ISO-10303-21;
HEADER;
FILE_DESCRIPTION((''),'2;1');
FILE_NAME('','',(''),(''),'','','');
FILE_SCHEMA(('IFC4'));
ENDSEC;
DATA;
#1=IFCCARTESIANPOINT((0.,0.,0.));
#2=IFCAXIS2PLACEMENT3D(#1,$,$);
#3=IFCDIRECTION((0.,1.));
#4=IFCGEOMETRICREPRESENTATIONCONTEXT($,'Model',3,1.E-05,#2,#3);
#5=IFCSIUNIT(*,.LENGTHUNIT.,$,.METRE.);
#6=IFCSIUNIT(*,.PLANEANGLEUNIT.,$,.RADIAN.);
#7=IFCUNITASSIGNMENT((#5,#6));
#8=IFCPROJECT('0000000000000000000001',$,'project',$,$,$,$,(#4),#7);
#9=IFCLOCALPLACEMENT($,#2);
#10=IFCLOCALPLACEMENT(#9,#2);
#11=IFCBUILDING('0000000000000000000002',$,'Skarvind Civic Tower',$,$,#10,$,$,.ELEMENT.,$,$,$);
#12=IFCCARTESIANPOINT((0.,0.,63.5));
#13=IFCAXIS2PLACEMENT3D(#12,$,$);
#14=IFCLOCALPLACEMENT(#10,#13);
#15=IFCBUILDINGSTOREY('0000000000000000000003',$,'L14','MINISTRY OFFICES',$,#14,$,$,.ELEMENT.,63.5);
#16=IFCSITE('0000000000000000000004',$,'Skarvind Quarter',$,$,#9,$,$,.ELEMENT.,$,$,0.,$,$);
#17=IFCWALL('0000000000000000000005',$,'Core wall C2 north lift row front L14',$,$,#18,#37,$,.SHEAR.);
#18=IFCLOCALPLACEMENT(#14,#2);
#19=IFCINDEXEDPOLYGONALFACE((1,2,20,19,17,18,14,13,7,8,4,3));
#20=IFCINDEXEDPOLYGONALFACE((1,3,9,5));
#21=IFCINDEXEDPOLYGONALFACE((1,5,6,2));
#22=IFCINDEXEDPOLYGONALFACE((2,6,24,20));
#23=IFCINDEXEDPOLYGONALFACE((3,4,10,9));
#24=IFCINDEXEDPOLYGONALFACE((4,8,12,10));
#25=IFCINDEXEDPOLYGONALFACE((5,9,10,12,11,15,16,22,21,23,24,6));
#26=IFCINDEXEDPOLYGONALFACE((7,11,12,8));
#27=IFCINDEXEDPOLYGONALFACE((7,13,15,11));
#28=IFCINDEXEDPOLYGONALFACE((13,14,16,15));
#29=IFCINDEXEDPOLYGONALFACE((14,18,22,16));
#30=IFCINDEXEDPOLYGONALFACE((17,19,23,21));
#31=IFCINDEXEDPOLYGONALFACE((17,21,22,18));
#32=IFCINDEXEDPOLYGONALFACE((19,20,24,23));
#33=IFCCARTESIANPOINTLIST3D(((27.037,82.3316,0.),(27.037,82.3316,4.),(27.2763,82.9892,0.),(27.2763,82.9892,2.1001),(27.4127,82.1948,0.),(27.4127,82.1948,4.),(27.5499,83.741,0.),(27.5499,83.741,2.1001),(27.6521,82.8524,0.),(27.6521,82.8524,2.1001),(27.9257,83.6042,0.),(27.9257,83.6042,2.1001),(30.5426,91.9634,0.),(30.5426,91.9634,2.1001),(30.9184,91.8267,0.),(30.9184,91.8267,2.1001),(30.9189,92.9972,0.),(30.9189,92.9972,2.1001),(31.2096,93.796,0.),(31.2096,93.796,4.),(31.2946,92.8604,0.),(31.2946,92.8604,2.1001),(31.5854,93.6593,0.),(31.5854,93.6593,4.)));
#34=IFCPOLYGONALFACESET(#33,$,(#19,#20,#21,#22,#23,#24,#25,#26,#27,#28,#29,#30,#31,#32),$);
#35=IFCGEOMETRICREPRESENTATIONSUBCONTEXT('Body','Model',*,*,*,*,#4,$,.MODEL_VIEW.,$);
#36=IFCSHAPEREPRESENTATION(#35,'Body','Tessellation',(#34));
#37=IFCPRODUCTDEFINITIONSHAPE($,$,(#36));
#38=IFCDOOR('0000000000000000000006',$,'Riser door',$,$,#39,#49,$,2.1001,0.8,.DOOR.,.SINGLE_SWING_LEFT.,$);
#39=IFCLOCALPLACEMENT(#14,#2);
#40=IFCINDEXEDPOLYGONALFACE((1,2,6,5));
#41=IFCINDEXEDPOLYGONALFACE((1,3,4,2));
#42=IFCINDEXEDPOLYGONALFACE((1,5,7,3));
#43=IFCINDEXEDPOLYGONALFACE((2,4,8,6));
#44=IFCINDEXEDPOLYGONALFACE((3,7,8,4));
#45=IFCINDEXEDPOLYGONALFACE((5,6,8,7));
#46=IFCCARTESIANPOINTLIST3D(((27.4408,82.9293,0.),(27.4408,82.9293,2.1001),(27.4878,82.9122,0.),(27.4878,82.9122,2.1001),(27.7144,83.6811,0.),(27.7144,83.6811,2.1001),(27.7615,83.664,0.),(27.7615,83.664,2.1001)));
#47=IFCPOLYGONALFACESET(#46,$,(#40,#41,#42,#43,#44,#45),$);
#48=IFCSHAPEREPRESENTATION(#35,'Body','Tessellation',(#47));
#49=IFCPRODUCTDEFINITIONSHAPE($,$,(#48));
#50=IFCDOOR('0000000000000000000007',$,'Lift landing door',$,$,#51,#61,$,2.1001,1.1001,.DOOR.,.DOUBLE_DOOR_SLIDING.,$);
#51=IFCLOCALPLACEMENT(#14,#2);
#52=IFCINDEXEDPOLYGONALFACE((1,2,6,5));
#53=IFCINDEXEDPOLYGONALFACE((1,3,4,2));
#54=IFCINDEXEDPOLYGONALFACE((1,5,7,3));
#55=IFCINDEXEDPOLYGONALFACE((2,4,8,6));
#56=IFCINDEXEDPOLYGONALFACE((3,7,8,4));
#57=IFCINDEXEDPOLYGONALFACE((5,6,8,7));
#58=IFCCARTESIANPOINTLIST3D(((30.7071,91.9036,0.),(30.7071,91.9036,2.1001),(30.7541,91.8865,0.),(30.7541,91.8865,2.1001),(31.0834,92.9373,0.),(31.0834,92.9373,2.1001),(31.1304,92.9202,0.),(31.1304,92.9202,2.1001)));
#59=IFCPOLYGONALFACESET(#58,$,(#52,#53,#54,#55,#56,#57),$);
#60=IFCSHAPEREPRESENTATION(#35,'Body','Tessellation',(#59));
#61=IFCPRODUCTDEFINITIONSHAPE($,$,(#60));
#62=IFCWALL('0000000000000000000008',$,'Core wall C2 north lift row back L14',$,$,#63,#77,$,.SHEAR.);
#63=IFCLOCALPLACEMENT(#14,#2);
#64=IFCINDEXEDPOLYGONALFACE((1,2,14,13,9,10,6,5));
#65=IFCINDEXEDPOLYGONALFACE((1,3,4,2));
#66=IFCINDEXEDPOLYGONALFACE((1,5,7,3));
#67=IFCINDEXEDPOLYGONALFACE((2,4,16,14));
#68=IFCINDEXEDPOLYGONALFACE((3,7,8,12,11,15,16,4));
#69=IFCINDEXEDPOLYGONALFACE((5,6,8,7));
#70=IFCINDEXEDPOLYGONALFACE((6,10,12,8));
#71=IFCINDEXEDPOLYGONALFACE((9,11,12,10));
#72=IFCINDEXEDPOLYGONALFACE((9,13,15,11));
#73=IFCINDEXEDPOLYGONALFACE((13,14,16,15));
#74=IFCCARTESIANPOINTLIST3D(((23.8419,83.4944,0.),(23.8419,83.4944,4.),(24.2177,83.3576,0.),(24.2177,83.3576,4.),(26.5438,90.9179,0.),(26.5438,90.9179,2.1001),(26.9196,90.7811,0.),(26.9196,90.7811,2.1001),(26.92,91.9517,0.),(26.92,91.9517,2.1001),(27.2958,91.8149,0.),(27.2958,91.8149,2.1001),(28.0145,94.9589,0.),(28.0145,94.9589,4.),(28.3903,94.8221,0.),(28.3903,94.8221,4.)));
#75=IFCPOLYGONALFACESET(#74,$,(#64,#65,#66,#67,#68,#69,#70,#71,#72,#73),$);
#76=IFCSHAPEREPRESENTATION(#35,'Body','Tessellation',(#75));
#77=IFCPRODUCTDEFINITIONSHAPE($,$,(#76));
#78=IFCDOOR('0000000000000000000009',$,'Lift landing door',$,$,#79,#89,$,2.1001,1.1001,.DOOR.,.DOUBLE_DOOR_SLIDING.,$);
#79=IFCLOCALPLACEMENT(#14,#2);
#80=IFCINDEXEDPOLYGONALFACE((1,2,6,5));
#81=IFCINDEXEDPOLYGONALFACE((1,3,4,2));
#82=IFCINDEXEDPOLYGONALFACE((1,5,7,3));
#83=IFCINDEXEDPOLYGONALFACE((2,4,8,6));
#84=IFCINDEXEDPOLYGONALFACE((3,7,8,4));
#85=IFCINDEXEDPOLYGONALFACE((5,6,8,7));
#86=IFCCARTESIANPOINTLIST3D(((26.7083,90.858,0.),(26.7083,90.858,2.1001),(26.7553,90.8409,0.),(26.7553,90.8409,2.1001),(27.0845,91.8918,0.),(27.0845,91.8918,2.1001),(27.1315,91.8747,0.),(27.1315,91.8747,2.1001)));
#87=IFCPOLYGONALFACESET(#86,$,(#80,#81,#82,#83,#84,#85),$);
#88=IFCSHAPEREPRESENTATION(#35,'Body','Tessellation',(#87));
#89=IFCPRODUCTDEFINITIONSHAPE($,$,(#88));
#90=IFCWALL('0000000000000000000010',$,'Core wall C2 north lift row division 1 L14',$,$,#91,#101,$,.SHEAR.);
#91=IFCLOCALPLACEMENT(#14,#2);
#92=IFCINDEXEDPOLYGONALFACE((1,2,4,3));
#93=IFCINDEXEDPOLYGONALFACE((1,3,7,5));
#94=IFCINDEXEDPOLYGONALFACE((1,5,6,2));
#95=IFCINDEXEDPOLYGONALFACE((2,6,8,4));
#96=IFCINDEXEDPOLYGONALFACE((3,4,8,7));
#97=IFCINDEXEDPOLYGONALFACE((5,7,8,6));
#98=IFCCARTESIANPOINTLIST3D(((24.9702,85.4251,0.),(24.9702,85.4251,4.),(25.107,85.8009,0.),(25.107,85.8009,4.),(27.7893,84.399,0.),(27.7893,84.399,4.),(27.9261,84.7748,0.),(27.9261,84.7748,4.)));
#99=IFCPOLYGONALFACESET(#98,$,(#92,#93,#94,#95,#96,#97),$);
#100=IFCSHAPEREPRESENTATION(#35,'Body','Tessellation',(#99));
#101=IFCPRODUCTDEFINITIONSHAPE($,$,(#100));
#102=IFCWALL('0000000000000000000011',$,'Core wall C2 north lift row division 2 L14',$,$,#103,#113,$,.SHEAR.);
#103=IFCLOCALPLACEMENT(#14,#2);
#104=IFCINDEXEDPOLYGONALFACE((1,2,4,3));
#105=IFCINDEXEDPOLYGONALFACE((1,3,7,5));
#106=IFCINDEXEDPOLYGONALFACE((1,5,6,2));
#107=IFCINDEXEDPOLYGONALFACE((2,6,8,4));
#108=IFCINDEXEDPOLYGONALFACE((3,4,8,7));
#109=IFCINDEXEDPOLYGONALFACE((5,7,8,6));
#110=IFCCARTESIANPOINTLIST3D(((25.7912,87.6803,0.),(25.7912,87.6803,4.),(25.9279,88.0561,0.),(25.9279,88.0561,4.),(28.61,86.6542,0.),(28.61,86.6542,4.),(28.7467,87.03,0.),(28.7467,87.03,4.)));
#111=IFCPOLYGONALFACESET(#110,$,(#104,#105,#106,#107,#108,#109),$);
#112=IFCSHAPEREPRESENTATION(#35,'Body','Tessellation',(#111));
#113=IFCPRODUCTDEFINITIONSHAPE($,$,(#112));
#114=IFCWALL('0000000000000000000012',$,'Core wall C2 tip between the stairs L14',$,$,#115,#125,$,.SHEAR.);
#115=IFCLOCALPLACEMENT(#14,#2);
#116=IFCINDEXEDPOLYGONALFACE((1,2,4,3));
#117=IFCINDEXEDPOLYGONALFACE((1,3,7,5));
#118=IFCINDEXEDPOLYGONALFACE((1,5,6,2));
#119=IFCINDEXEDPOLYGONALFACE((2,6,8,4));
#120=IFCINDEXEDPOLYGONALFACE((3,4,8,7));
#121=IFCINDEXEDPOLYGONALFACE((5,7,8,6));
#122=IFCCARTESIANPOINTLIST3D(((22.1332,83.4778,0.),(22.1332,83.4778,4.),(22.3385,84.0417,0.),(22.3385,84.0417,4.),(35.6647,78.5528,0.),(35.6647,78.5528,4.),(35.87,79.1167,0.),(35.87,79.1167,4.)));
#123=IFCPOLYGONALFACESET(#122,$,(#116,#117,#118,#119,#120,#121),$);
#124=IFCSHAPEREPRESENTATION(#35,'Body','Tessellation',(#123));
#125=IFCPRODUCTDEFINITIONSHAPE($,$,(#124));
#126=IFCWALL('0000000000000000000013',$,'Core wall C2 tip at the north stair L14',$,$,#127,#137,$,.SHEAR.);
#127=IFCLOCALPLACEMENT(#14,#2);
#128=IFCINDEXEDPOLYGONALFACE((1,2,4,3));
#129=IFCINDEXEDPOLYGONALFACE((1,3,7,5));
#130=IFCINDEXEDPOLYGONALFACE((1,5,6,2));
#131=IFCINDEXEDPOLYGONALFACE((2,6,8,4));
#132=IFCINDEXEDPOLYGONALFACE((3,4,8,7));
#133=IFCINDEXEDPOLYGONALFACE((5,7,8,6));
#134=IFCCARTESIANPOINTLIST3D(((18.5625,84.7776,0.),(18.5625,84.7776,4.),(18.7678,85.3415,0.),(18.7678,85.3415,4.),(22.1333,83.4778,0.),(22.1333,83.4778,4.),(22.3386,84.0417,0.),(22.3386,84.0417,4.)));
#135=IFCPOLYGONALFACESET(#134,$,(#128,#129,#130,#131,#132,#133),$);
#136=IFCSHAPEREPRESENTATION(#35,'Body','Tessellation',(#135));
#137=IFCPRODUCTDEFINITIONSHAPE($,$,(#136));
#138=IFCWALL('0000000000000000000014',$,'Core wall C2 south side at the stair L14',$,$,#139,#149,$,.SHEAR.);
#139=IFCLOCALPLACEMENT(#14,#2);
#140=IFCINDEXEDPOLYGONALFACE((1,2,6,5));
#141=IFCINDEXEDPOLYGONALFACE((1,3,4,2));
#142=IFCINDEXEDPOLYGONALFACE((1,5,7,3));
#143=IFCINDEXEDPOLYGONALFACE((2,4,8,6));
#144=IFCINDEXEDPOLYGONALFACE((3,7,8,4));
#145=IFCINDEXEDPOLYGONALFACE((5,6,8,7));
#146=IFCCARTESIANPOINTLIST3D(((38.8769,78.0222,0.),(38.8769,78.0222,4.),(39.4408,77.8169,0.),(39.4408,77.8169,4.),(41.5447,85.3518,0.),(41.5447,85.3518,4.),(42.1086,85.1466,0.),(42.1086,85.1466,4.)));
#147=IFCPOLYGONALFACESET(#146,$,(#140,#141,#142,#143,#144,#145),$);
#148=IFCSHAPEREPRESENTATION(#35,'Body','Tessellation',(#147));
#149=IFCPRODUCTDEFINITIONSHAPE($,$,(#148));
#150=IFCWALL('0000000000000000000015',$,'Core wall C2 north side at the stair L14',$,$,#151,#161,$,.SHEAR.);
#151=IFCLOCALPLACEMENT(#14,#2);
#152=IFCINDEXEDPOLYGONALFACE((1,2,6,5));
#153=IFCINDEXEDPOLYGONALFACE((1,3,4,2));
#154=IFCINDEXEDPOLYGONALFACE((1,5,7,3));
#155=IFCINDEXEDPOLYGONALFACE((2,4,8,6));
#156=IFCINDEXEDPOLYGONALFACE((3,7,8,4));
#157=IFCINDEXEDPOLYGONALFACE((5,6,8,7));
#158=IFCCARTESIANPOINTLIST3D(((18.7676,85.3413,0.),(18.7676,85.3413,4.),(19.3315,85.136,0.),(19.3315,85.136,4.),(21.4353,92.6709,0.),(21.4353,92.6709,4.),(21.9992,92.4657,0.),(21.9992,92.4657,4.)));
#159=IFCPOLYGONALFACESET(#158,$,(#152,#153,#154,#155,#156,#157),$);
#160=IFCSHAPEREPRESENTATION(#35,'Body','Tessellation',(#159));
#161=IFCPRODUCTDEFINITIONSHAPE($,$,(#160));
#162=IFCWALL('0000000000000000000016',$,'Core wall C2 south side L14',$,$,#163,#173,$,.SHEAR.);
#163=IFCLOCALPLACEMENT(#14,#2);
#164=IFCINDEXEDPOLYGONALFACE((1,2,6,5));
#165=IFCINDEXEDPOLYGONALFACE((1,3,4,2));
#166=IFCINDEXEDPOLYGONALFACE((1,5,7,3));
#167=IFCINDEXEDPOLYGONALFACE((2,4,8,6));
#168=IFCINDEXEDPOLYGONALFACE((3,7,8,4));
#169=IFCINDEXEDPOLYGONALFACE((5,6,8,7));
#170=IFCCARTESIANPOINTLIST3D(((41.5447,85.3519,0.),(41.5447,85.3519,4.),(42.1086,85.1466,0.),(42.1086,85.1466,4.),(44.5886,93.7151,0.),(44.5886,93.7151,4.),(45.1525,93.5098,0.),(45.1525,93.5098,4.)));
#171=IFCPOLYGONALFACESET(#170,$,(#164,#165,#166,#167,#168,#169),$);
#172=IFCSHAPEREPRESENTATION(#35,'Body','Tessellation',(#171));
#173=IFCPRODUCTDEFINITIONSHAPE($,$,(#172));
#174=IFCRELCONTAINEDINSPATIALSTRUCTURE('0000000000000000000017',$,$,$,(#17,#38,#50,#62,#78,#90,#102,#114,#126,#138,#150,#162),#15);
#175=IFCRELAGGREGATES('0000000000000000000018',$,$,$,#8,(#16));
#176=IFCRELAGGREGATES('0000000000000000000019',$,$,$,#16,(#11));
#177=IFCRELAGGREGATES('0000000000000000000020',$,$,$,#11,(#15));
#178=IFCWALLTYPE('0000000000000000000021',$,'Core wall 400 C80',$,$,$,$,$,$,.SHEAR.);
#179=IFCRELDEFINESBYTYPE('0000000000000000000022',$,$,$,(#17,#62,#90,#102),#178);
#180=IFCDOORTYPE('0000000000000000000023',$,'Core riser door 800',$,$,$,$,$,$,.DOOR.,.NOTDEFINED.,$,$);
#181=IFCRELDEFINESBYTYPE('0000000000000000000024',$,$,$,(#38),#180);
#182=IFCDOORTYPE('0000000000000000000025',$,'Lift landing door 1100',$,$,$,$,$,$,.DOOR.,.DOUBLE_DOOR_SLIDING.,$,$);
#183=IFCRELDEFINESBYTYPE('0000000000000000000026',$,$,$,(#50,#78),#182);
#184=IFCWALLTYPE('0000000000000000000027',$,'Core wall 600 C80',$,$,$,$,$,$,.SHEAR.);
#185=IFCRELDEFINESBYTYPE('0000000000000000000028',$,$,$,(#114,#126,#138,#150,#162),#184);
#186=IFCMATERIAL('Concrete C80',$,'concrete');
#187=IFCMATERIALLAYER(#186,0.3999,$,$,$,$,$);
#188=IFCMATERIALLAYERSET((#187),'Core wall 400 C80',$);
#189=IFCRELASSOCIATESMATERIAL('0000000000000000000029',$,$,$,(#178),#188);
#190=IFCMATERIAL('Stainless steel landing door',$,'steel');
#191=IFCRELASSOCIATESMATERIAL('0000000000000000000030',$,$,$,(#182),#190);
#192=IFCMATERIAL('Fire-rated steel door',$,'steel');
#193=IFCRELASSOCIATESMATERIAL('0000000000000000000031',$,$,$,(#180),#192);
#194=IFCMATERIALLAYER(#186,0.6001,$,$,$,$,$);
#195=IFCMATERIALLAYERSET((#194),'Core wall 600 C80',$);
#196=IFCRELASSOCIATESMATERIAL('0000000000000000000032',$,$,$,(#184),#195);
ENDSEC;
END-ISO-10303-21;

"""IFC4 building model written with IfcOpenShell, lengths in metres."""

from ifc_helpers import new_model, si_unit, direction, frame, frame_2d, origin, place, context, subcontext, project, spatial, rectangle, extrude, material, layer, layer_set, type_object, element, fill, save


model = new_model("IFC4")

# Units and contexts
model_context = context("Model", 3, precision=1e-05, world=origin(), true_north=direction((0.0, 1.0)))
body_context = subcontext(model_context, "Body", "Model", "MODEL_VIEW")
ifc_project = project(units=[si_unit("LENGTHUNIT", "METRE"), si_unit("PLANEANGLEUNIT", "RADIAN")], contexts=[model_context])

# Site, building, storey
site_placement = place(None, origin())
site = spatial("IfcSite", under=ifc_project, at=site_placement, Name="Skarvind Quarter", CompositionType="ELEMENT", RefElevation=0.0)
building_placement = place(site_placement, origin())
building = spatial("IfcBuilding", under=site, at=building_placement, Name="Skarvind Civic Tower", CompositionType="ELEMENT")
storey_placement = place(building_placement, frame((0.0, 0.0, 63.5)))
storey = spatial("IfcBuildingStorey", under=building, at=storey_placement, Name="L14", Description="MINISTRY OFFICES", CompositionType="ELEMENT", Elevation=63.5)

# Shared definitions
ifc_material_1 = material(Name="Concrete C80", Category="concrete")
ifc_layer_1 = layer(ifc_material_1, 0.3999)
ifc_layer_set_1 = layer_set([ifc_layer_1], Name="Core wall 400 C80")
wall_type_1 = type_object("IfcWallType", Name="Core wall 400 C80", PredefinedType="SHEAR", material=ifc_layer_set_1)

# Shared definitions
ifc_material_2 = material(Name="Fire-rated steel door", Category="steel")

# Shared definitions
ifc_material_3 = material(Name="Stainless steel landing door", Category="steel")
door_type_1 = type_object("IfcDoorType", Name="Lift landing door 1100", OperationType="DOUBLE_DOOR_SLIDING", PredefinedType="DOOR", material=ifc_material_3)

# Wall, openings, doors
wall_1_placement = place(storey_placement, frame((27.2249, 82.2632, 0.0), z_axis=(0.0, 0.0, 1.0), x_axis=(0.342015, 0.939695, 0.0)))
wall_1 = element("IfcWall", 1, at=wall_1_placement, inside=storey, type_object=wall_type_1, Name="Core wall C2 north lift row front L14", PredefinedType="SHEAR", context=body_context, shape_type="SweptSolid", body=[
    extrude(rectangle(XDim=12.2002, YDim=0.3999, at=frame_2d((6.1001, 0.0))), origin(), (0.0, 0.0, 1.0), 4.0),
])
opening_1_placement = place(wall_1_placement, frame((10.25, 0.0, 0.0)))
opening_1 = element("IfcOpeningElement", 2, at=opening_1_placement, cuts=wall_1, PredefinedType="OPENING", context=body_context, shape_type="SweptSolid", body=[
    extrude(rectangle(XDim=1.1001, YDim=2.1001, at=frame_2d((0.55, 1.05))), frame((0.0, 0.21, 0.0), z_axis=(0.0, -1.0, 0.0), x_axis=(1.0, 0.0, 0.0)), (0.0, 0.0, 1.0), 0.4199),
])
opening_2_placement = place(wall_1_placement, frame((0.7, 0.0, 0.0)))
opening_2 = element("IfcOpeningElement", 3, at=opening_2_placement, cuts=wall_1, PredefinedType="OPENING", context=body_context, shape_type="SweptSolid", body=[
    extrude(rectangle(XDim=0.8, YDim=2.1001, at=frame_2d((0.3999, 1.05))), frame((0.0, 0.21, 0.0), z_axis=(0.0, -1.0, 0.0), x_axis=(1.0, 0.0, 0.0)), (0.0, 0.0, 1.0), 0.4199),
])
door_type_2 = type_object("IfcDoorType", Name="Core riser door 800", OperationType="NOTDEFINED", PredefinedType="DOOR", material=ifc_material_2)
door_1_placement = place(opening_2_placement, origin())
door_1 = element("IfcDoor", 4, at=door_1_placement, inside=storey, type_object=door_type_2, Name="Riser door", OperationType="SINGLE_SWING_LEFT", OverallHeight=2.1001, OverallWidth=0.8, PredefinedType="DOOR", context=body_context, shape_type="SweptSolid", body=[
    extrude(rectangle(XDim=0.8, YDim=2.1001, at=frame_2d((0.3999, 1.05))), frame((0.0, 0.0249, 0.0), z_axis=(0.0, -1.0, 0.0), x_axis=(1.0, 0.0, 0.0)), (0.0, 0.0, 1.0), 0.05),
])
fill(opening_2, door_1)
door_2_placement = place(opening_1_placement, origin())
door_2 = element("IfcDoor", 5, at=door_2_placement, inside=storey, type_object=door_type_1, Name="Lift landing door", OperationType="DOUBLE_DOOR_SLIDING", OverallHeight=2.1001, OverallWidth=1.1001, PredefinedType="DOOR", context=body_context, shape_type="SweptSolid", body=[
    extrude(rectangle(XDim=1.1001, YDim=2.1001, at=frame_2d((0.55, 1.05))), frame((0.0, 0.0249, 0.0), z_axis=(0.0, -1.0, 0.0), x_axis=(1.0, 0.0, 0.0)), (0.0, 0.0, 1.0), 0.05),
])
fill(opening_1, door_2)

# Wall, opening, door
wall_2_placement = place(storey_placement, frame((24.0298, 83.426, 0.0), z_axis=(0.0, 0.0, 1.0), x_axis=(0.342015, 0.939695, 0.0)))
wall_2 = element("IfcWall", 6, at=wall_2_placement, inside=storey, type_object=wall_type_1, Name="Core wall C2 north lift row back L14", PredefinedType="SHEAR", context=body_context, shape_type="SweptSolid", body=[
    extrude(rectangle(XDim=12.2002, YDim=0.3999, at=frame_2d((6.1001, 0.0))), origin(), (0.0, 0.0, 1.0), 4.0),
])
opening_3_placement = place(wall_2_placement, frame((7.8999, 0.0, 0.0)))
opening_3 = element("IfcOpeningElement", 7, at=opening_3_placement, cuts=wall_2, PredefinedType="OPENING", context=body_context, shape_type="SweptSolid", body=[
    extrude(rectangle(XDim=1.1001, YDim=2.1001, at=frame_2d((0.55, 1.05))), frame((0.0, 0.21, 0.0), z_axis=(0.0, -1.0, 0.0), x_axis=(1.0, 0.0, 0.0)), (0.0, 0.0, 1.0), 0.4199),
])
door_3_placement = place(opening_3_placement, origin())
door_3 = element("IfcDoor", 8, at=door_3_placement, inside=storey, type_object=door_type_1, Name="Lift landing door", OperationType="DOUBLE_DOOR_SLIDING", OverallHeight=2.1001, OverallWidth=1.1001, PredefinedType="DOOR", context=body_context, shape_type="SweptSolid", body=[
    extrude(rectangle(XDim=1.1001, YDim=2.1001, at=frame_2d((0.55, 1.05))), frame((0.0, 0.0249, 0.0), z_axis=(0.0, -1.0, 0.0), x_axis=(1.0, 0.0, 0.0)), (0.0, 0.0, 1.0), 0.05),
])
fill(opening_3, door_3)

# Walls
wall_3_placement = place(storey_placement, frame((27.8577, 84.5869, 0.0), z_axis=(0.0, 0.0, 1.0), x_axis=(-0.939686, 0.342037, 0.0)))
element("IfcWall", 9, at=wall_3_placement, inside=storey, type_object=wall_type_1, Name="Core wall C2 north lift row division 1 L14", PredefinedType="SHEAR", context=body_context, shape_type="SweptSolid", body=[
    extrude(rectangle(XDim=3.0, YDim=0.3999, at=frame_2d((1.5, 0.0))), origin(), (0.0, 0.0, 1.0), 4.0),
])
wall_4_placement = place(storey_placement, frame((28.6785, 86.842, 0.0), z_axis=(0.0, 0.0, 1.0), x_axis=(-0.939677, 0.342063, 0.0)))
element("IfcWall", 10, at=wall_4_placement, inside=storey, type_object=wall_type_1, Name="Core wall C2 north lift row division 2 L14", PredefinedType="SHEAR", context=body_context, shape_type="SweptSolid", body=[
    extrude(rectangle(XDim=2.9998, YDim=0.3999, at=frame_2d((1.5, 0.0))), origin(), (0.0, 0.0, 1.0), 4.0),
])
ifc_layer_2 = layer(ifc_material_1, 0.6001)
ifc_layer_set_2 = layer_set([ifc_layer_2], Name="Core wall 600 C80")
wall_type_2 = type_object("IfcWallType", Name="Core wall 600 C80", PredefinedType="SHEAR", material=ifc_layer_set_2)
wall_5_placement = place(storey_placement, frame((35.7673, 78.8347, 0.0), z_axis=(0.0, 0.0, 1.0), x_axis=(-0.939693, 0.342019, 0.0)))
element("IfcWall", 11, at=wall_5_placement, inside=storey, type_object=wall_type_2, Name="Core wall C2 tip between the stairs L14", PredefinedType="SHEAR", context=body_context, shape_type="SweptSolid", body=[
    extrude(rectangle(XDim=14.3999, YDim=0.6001, at=frame_2d((7.2, 0.0))), origin(), (0.0, 0.0, 1.0), 4.0),
])
wall_6_placement = place(storey_placement, frame((22.2358, 83.7598, 0.0), z_axis=(0.0, 0.0, 1.0), x_axis=(-0.939681, 0.342053, 0.0)))
element("IfcWall", 12, at=wall_6_placement, inside=storey, type_object=wall_type_2, Name="Core wall C2 tip at the north stair L14", PredefinedType="SHEAR", context=body_context, shape_type="SweptSolid", body=[
    extrude(rectangle(XDim=3.8, YDim=0.6001, at=frame_2d((1.8999, 0.0))), origin(), (0.0, 0.0, 1.0), 4.0),
])
for number, where, z_axis, x_axis, name in (
    (13, (39.1589, 77.9197, 0.0), (0.0, 0.0, 1.0), (0.342017, 0.939694, 0.0), "Core wall C2 south side at the stair L14"),
    (14, (19.0496, 85.2388, 0.0), (0.0, 0.0, 1.0), (0.342017, 0.939694, 0.0), "Core wall C2 north side at the stair L14"),
):
    element("IfcWall", number, at=place(storey_placement, frame(where, z_axis=z_axis, x_axis=x_axis)), inside=storey, type_object=wall_type_2, Name=name, PredefinedType="SHEAR", context=body_context, shape_type="SweptSolid", body=[
        extrude(rectangle(XDim=7.8, YDim=0.6001, at=frame_2d((3.8999, 0.0))), origin(), (0.0, 0.0, 1.0), 4.0),
    ])
wall_7_placement = place(storey_placement, frame((41.8267, 85.2493, 0.0), z_axis=(0.0, 0.0, 1.0), x_axis=(0.342016, 0.939694, 0.0)))
element("IfcWall", 15, at=wall_7_placement, inside=storey, type_object=wall_type_2, Name="Core wall C2 south side L14", PredefinedType="SHEAR", context=body_context, shape_type="SweptSolid", body=[
    extrude(rectangle(XDim=8.8999, YDim=0.6001, at=frame_2d((4.45, 0.0))), origin(), (0.0, 0.0, 1.0), 4.0),
])

save(model, "model.ifc")
